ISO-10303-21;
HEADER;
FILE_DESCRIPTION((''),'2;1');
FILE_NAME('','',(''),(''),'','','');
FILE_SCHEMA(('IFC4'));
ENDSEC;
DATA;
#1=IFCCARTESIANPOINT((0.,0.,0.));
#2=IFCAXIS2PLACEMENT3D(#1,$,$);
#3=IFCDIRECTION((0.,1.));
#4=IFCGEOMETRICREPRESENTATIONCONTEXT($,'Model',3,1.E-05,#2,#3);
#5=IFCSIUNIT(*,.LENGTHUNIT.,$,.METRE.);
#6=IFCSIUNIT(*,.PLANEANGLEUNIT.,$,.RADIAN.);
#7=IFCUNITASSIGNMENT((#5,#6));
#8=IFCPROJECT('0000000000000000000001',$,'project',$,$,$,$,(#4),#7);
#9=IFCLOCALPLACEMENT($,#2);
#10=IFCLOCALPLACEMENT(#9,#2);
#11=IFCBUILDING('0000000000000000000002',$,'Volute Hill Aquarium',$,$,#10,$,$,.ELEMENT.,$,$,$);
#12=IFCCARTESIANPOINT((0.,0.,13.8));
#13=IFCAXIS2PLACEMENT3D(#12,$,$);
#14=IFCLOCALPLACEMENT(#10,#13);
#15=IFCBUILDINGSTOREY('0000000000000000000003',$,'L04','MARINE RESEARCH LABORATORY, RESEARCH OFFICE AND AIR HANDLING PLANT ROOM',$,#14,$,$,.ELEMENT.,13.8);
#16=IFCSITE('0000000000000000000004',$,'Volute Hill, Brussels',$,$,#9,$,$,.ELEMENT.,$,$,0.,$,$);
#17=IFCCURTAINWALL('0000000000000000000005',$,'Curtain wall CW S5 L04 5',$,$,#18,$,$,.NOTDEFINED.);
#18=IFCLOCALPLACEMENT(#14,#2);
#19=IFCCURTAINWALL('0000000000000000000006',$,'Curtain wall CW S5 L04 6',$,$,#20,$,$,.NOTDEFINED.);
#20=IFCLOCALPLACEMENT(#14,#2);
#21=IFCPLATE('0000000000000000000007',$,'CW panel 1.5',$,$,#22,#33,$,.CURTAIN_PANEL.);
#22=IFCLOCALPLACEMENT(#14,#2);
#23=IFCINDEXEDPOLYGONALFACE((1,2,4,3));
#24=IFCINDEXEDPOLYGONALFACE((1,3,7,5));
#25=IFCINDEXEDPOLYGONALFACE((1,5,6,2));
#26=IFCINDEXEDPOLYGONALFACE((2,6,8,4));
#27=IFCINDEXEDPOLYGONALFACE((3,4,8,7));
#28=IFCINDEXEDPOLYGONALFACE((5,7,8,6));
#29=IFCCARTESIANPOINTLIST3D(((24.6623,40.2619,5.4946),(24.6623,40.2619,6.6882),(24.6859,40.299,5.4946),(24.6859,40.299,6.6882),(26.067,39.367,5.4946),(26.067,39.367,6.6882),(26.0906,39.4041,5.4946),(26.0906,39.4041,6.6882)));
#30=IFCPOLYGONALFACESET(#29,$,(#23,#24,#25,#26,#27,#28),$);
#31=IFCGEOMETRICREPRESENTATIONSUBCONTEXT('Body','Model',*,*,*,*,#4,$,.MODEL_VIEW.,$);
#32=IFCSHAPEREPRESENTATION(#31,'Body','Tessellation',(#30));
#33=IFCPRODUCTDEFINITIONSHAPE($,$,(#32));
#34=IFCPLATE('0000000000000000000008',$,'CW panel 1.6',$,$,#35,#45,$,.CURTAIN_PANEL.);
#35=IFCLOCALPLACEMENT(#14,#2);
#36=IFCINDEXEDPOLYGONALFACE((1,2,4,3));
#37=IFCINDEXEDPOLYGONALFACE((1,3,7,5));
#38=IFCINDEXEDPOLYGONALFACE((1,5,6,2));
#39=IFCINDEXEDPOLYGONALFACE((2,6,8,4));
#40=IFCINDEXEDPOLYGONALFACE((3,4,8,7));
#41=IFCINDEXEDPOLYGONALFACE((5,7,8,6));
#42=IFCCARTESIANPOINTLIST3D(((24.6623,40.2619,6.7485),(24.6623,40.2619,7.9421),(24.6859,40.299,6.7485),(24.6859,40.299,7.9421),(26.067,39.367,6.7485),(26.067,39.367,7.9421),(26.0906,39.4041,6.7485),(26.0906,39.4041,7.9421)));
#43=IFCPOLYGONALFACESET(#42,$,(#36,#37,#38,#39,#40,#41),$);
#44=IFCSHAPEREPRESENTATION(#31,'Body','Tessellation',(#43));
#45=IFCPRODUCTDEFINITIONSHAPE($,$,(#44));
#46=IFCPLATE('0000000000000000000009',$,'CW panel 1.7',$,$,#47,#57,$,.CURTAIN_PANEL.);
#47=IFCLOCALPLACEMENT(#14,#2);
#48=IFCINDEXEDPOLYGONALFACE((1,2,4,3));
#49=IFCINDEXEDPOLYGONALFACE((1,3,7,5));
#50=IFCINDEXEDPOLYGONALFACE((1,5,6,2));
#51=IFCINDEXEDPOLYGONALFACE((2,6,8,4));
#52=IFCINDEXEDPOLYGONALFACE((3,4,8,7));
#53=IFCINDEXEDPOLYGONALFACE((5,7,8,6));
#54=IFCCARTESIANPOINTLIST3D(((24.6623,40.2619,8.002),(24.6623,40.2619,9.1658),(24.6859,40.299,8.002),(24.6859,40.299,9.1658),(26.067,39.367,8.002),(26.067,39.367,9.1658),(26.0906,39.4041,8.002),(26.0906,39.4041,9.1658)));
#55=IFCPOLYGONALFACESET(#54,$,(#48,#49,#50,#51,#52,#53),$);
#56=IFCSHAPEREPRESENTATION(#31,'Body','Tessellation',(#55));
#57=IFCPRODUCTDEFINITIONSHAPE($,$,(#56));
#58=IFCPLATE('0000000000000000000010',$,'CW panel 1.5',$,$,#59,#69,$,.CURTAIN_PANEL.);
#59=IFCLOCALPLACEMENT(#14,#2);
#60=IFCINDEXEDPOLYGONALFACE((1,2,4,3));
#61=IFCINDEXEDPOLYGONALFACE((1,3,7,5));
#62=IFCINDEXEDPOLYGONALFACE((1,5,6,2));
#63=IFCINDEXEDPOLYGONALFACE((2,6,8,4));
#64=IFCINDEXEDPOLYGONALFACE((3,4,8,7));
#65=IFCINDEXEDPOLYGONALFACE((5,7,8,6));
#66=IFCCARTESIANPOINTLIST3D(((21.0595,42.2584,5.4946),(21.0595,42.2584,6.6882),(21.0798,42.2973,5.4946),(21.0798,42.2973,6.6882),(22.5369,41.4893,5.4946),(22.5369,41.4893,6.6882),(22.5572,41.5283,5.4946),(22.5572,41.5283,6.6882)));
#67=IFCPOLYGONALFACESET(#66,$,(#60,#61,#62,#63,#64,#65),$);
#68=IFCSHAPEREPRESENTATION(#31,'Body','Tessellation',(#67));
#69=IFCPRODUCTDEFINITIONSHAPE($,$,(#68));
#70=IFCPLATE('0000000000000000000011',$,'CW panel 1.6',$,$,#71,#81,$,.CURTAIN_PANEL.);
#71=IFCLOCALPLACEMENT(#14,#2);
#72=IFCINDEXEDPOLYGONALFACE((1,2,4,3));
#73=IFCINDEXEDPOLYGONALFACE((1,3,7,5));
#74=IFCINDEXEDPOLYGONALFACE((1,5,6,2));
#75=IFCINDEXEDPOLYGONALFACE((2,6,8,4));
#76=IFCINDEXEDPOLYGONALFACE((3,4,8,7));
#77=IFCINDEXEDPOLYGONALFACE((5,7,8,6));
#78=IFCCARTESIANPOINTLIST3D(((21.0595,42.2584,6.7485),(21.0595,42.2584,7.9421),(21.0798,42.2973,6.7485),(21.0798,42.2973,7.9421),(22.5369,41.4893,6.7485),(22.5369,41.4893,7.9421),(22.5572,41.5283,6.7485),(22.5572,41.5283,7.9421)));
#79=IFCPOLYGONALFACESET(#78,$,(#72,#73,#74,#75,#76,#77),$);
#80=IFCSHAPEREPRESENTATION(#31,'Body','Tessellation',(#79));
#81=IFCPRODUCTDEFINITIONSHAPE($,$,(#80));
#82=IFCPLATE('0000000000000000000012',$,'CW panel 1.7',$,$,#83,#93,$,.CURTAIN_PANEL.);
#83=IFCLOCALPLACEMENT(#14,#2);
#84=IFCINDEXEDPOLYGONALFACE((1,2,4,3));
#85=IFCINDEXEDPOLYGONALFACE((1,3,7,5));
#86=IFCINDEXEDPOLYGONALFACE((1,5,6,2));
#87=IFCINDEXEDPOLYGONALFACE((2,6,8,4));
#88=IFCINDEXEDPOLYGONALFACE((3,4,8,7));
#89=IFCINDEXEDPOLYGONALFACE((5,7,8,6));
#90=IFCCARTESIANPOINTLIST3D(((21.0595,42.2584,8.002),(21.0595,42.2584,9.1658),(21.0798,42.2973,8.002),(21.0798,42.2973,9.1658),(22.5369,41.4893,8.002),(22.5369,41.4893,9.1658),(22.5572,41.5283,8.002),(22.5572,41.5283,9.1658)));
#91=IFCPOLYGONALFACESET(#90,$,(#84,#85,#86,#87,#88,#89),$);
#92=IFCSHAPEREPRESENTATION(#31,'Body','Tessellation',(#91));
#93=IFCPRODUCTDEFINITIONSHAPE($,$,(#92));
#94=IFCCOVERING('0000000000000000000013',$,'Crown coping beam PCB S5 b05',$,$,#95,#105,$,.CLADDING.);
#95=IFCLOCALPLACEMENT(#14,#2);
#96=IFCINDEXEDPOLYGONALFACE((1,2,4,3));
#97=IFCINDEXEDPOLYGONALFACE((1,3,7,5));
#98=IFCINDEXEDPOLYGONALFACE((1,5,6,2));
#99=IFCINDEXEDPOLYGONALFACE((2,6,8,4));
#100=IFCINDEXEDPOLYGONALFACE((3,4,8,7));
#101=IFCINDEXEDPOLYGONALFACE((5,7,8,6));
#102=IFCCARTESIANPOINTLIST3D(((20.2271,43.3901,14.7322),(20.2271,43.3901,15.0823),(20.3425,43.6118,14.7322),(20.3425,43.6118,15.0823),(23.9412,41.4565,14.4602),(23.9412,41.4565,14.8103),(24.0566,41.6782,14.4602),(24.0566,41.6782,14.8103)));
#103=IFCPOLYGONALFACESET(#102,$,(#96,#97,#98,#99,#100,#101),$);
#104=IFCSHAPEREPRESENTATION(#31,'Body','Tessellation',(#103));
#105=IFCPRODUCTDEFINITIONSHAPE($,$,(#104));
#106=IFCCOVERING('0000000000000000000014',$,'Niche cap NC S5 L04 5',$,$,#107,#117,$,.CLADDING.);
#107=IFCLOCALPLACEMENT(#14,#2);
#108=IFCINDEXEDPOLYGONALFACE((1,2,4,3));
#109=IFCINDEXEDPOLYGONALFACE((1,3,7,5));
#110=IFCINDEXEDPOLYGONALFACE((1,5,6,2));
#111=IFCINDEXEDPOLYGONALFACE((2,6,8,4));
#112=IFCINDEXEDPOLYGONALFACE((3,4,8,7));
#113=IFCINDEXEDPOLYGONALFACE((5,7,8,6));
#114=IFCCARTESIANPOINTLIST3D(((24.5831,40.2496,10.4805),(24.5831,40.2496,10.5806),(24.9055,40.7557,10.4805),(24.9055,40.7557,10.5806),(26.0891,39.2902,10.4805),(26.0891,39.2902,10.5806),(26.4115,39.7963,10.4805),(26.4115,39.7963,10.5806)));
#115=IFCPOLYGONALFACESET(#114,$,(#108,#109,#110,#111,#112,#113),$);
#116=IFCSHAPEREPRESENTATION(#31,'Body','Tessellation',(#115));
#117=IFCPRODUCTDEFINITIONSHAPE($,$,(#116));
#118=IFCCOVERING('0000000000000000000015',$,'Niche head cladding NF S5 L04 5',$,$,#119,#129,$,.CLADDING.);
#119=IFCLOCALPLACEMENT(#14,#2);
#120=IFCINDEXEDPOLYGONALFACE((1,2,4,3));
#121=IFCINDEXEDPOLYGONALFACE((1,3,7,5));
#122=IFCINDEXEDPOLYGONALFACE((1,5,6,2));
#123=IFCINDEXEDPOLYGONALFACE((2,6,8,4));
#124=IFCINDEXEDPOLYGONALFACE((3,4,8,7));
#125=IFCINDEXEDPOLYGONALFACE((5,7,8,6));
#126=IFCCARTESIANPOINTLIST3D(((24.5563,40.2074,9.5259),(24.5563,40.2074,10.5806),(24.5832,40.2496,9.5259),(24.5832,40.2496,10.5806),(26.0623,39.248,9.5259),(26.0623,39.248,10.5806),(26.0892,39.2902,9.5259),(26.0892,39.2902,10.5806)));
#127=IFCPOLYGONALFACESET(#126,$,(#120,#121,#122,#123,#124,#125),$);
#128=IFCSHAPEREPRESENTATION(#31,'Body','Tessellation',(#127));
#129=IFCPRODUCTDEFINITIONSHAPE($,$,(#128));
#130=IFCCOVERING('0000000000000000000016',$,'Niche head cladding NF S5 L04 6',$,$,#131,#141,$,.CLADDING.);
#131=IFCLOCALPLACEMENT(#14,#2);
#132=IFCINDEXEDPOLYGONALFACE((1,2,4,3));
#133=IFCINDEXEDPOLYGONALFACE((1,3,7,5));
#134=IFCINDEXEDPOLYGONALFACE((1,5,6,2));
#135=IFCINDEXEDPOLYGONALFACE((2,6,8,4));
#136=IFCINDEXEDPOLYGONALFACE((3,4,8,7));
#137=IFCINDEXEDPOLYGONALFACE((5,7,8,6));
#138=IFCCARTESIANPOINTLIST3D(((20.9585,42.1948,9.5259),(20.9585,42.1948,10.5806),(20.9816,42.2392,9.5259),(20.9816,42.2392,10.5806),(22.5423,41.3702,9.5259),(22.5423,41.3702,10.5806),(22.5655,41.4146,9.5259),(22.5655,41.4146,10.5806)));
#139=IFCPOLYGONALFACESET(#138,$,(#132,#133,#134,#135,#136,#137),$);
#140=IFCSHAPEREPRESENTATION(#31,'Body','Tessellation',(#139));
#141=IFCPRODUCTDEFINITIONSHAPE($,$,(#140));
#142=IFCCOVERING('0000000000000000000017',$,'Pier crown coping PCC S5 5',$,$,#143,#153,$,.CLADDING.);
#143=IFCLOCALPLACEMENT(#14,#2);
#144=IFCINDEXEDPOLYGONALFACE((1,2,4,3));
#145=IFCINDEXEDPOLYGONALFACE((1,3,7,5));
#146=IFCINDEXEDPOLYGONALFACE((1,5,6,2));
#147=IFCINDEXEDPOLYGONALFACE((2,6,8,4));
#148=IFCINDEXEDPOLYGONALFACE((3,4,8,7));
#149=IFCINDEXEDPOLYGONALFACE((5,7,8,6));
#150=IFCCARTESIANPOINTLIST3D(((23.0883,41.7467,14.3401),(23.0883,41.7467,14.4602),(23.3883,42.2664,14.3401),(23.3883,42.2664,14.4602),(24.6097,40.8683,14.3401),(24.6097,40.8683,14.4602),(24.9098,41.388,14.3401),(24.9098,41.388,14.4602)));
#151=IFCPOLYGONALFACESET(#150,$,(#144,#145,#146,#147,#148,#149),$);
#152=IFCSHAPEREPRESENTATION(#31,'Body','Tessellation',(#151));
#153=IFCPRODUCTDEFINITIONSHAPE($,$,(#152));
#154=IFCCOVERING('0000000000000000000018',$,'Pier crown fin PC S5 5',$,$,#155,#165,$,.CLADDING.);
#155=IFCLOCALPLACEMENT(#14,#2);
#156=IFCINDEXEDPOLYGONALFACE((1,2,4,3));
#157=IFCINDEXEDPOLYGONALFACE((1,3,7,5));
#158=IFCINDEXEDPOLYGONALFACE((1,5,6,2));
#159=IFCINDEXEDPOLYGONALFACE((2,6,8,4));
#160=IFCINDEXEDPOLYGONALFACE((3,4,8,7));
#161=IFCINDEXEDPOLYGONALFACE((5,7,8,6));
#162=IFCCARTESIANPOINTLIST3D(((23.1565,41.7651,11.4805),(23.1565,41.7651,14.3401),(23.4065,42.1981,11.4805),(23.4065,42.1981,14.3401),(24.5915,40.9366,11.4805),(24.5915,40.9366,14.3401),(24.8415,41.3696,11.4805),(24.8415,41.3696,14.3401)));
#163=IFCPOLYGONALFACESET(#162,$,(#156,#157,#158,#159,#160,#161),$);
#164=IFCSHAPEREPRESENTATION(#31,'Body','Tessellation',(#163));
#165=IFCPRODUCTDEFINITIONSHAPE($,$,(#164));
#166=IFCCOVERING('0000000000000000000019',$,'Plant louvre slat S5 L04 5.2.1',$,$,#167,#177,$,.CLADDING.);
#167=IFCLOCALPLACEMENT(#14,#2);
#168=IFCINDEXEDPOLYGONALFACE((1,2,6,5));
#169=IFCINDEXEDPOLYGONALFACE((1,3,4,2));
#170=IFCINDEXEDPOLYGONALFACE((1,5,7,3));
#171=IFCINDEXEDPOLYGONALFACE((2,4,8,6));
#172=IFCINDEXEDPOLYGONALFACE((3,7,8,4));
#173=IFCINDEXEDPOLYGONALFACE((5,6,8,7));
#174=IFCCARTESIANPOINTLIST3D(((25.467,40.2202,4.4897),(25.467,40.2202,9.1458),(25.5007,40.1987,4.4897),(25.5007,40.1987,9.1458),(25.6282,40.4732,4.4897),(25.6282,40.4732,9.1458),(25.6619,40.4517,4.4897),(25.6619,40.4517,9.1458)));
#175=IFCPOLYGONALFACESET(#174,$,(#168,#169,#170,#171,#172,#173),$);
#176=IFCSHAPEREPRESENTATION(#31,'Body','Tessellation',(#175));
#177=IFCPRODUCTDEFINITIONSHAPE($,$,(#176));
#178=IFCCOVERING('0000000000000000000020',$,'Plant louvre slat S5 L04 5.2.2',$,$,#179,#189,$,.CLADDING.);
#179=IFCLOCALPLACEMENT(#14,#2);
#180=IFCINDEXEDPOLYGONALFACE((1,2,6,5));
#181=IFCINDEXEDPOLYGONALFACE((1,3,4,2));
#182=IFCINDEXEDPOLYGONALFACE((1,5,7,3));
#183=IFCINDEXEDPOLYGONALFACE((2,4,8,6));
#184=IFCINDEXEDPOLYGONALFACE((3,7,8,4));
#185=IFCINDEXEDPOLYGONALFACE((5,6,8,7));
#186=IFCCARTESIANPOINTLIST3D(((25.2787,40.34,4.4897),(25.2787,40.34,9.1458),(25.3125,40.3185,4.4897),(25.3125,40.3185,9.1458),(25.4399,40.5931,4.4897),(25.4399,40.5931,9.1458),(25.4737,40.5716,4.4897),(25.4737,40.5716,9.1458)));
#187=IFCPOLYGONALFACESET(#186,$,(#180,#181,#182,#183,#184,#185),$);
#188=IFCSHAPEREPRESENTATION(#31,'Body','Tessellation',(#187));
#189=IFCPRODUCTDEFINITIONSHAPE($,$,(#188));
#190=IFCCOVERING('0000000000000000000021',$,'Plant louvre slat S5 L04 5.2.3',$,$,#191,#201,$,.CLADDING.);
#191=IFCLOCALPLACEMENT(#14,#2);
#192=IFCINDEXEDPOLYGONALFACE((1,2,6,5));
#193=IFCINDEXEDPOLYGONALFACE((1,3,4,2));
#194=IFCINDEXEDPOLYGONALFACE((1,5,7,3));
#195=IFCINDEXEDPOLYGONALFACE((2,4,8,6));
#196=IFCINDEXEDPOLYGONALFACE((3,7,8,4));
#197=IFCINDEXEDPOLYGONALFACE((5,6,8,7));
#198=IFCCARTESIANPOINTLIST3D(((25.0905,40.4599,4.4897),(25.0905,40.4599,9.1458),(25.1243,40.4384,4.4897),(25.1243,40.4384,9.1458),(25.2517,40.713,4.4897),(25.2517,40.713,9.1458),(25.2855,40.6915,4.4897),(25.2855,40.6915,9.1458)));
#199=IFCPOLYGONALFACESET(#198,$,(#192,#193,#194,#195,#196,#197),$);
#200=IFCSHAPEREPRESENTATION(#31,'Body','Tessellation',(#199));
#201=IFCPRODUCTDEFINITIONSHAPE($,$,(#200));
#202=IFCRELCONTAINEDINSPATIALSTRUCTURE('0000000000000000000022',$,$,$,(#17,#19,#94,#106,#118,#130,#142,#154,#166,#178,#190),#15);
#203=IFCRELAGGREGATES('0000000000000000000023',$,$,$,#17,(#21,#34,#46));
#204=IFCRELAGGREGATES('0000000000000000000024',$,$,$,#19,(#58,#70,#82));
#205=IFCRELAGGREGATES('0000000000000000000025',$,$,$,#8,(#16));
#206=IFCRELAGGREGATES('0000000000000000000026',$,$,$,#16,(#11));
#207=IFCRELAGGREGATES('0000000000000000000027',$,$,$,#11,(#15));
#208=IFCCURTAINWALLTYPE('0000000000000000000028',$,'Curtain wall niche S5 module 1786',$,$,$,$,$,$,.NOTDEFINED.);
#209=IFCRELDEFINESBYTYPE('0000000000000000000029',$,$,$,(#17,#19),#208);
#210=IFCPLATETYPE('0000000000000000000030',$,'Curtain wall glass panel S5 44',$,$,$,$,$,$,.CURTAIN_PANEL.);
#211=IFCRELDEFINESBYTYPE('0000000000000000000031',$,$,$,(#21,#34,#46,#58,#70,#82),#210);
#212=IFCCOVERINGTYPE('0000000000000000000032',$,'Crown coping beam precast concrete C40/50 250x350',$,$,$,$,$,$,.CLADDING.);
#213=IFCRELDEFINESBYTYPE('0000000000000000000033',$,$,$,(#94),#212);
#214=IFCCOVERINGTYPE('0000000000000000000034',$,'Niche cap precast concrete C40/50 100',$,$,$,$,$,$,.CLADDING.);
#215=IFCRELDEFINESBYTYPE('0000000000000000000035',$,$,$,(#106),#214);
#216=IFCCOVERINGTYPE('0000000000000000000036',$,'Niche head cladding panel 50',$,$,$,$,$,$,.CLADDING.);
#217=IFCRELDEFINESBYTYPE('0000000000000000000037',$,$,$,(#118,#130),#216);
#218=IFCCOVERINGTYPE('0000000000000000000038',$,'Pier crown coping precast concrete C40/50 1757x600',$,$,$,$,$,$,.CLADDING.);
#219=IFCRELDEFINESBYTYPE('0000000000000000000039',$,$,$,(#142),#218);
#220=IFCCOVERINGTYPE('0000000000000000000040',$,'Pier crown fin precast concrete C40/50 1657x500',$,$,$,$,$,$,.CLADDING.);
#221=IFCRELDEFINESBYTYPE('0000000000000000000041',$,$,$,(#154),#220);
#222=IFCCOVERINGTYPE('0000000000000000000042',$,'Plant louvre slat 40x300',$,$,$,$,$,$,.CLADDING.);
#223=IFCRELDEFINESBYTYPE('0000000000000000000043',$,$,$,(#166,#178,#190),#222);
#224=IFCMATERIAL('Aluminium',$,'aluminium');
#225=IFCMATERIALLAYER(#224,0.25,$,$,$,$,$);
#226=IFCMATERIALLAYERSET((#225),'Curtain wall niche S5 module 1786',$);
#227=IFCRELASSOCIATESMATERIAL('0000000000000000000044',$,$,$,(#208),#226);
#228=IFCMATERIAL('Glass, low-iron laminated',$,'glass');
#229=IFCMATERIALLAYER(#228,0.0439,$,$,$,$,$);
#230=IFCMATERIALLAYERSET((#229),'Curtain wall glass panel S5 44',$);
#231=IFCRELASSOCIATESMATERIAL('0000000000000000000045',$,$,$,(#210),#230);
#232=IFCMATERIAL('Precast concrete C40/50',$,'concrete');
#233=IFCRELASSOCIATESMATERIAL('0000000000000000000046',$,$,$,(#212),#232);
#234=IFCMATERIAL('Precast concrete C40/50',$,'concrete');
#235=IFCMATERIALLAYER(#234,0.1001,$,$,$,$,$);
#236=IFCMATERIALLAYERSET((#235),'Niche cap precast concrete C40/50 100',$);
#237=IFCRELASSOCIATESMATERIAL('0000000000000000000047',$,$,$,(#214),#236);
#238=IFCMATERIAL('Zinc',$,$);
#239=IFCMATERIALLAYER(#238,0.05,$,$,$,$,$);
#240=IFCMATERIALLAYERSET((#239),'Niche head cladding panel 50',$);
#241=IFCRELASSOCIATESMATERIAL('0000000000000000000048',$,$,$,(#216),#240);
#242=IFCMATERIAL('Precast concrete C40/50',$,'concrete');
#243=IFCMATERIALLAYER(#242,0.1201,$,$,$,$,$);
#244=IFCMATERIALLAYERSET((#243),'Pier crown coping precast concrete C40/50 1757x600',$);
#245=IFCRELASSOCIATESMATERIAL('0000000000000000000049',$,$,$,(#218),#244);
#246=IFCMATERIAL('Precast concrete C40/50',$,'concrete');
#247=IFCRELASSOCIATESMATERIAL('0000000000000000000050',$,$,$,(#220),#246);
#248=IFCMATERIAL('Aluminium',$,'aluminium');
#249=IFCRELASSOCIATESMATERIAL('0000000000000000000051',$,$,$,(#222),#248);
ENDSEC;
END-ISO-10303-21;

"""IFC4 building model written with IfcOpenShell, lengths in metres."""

from ifc_helpers import new_model, si_unit, direction, frame, origin, origin_2d, place, context, subcontext, project, spatial, polyline, rectangle, outline, extrude, material, layer, layer_set, type_object, element, aggregate, save


model = new_model("IFC4")

# Units and contexts
model_context = context("Model", 3, precision=1e-05, world=origin(), true_north=direction((0.0, 1.0)))
body_context = subcontext(model_context, "Body", "Model", "MODEL_VIEW")
ifc_project = project(units=[si_unit("LENGTHUNIT", "METRE"), si_unit("PLANEANGLEUNIT", "RADIAN")], contexts=[model_context])

# Site, building, storey
site_placement = place(None, origin())
site = spatial("IfcSite", under=ifc_project, at=site_placement, Name="Volute Hill, Brussels", CompositionType="ELEMENT", RefElevation=0.0)
building_placement = place(site_placement, origin())
building = spatial("IfcBuilding", under=site, at=building_placement, Name="Volute Hill Aquarium", CompositionType="ELEMENT")
storey_placement = place(building_placement, frame((0.0, 0.0, 13.8)))
storey = spatial("IfcBuildingStorey", under=building, at=storey_placement, Name="L04", Description="MARINE RESEARCH LABORATORY, RESEARCH OFFICE AND AIR HANDLING PLANT ROOM", CompositionType="ELEMENT", Elevation=13.8)

# Curtain wall
ifc_material_1 = material(Name="Aluminium", Category="aluminium")
ifc_layer_1 = layer(ifc_material_1, 0.25)
ifc_layer_set_1 = layer_set([ifc_layer_1], Name="Curtain wall niche S5 module 1786")
curtain_wall_type = type_object("IfcCurtainWallType", Name="Curtain wall niche S5 module 1786", PredefinedType="NOTDEFINED", material=ifc_layer_set_1)
curtain_wall_1_placement = place(storey_placement, origin())
curtain_wall_1 = element("IfcCurtainWall", 1, at=curtain_wall_1_placement, inside=storey, type_object=curtain_wall_type, Name="Curtain wall CW S5 L04 5", PredefinedType="NOTDEFINED")

# Curtain wall
curtain_wall_2_placement = place(storey_placement, origin())
curtain_wall_2 = element("IfcCurtainWall", 2, at=curtain_wall_2_placement, inside=storey, type_object=curtain_wall_type, Name="Curtain wall CW S5 L04 6", PredefinedType="NOTDEFINED")

# Plates
ifc_material_2 = material(Name="Glass, low-iron laminated", Category="glass")
ifc_layer_2 = layer(ifc_material_2, 0.0439)
ifc_layer_set_2 = layer_set([ifc_layer_2], Name="Curtain wall glass panel S5 44")
plate_type = type_object("IfcPlateType", Name="Curtain wall glass panel S5 44", PredefinedType="CURTAIN_PANEL", material=ifc_layer_set_2)
plate_1_placement = place(storey_placement, frame((25.3765, 39.833, 5.4946), z_axis=(0.0, 0.0, 1.0), x_axis=(-0.843385, 0.53731, 0.0)))
plate_1 = element("IfcPlate", 3, at=plate_1_placement, type_object=plate_type, Name="CW panel 1.5", PredefinedType="CURTAIN_PANEL", context=body_context, shape_type="SweptSolid", body=[
    extrude(rectangle(XDim=1.6655, YDim=0.0439, at=origin_2d()), origin(), (0.0, 0.0, 1.0), 1.1936),
])
plate_2_placement = place(storey_placement, frame((25.3765, 39.833, 6.7485), z_axis=(0.0, 0.0, 1.0), x_axis=(-0.843385, 0.53731, 0.0)))
plate_2 = element("IfcPlate", 4, at=plate_2_placement, type_object=plate_type, Name="CW panel 1.6", PredefinedType="CURTAIN_PANEL", context=body_context, shape_type="SweptSolid", body=[
    extrude(rectangle(XDim=1.6655, YDim=0.0439, at=origin_2d()), origin(), (0.0, 0.0, 1.0), 1.1936),
])
plate_3_placement = place(storey_placement, frame((25.3765, 39.833, 8.002), z_axis=(0.0, 0.0, 1.0), x_axis=(-0.843385, 0.53731, 0.0)))
plate_3 = element("IfcPlate", 5, at=plate_3_placement, type_object=plate_type, Name="CW panel 1.7", PredefinedType="CURTAIN_PANEL", context=body_context, shape_type="SweptSolid", body=[
    extrude(rectangle(XDim=1.6655, YDim=0.0439, at=origin_2d()), origin(), (0.0, 0.0, 1.0), 1.1638),
])
aggregate(curtain_wall_1, [plate_1, plate_2, plate_3])
plate_4_placement = place(storey_placement, frame((21.8083, 41.8933, 5.4946), z_axis=(0.0, 0.0, 1.0), x_axis=(-0.887007, 0.461755, 0.0)))
plate_4 = element("IfcPlate", 6, at=plate_4_placement, type_object=plate_type, Name="CW panel 1.5", PredefinedType="CURTAIN_PANEL", context=body_context, shape_type="SweptSolid", body=[
    extrude(rectangle(XDim=1.6655, YDim=0.0439, at=origin_2d()), origin(), (0.0, 0.0, 1.0), 1.1936),
])
plate_5_placement = place(storey_placement, frame((21.8083, 41.8933, 6.7485), z_axis=(0.0, 0.0, 1.0), x_axis=(-0.887007, 0.461755, 0.0)))
plate_5 = element("IfcPlate", 7, at=plate_5_placement, type_object=plate_type, Name="CW panel 1.6", PredefinedType="CURTAIN_PANEL", context=body_context, shape_type="SweptSolid", body=[
    extrude(rectangle(XDim=1.6655, YDim=0.0439, at=origin_2d()), origin(), (0.0, 0.0, 1.0), 1.1936),
])
plate_6_placement = place(storey_placement, frame((21.8083, 41.8933, 8.002), z_axis=(0.0, 0.0, 1.0), x_axis=(-0.887007, 0.461755, 0.0)))
plate_6 = element("IfcPlate", 8, at=plate_6_placement, type_object=plate_type, Name="CW panel 1.7", PredefinedType="CURTAIN_PANEL", context=body_context, shape_type="SweptSolid", body=[
    extrude(rectangle(XDim=1.6655, YDim=0.0439, at=origin_2d()), origin(), (0.0, 0.0, 1.0), 1.1638),
])
aggregate(curtain_wall_2, [plate_4, plate_5, plate_6])

# Coverings
ifc_material_3 = material(Name="Precast concrete C40/50", Category="concrete")
covering_type_1 = type_object("IfcCoveringType", Name="Crown coping beam precast concrete C40/50 250x350", PredefinedType="CLADDING", material=ifc_material_3)
covering_1_placement = place(storey_placement, frame((24.0566, 41.6782, 14.4602), z_axis=(0.461777, 0.886996, 0.0), x_axis=(-0.885131, 0.460806, 0.064815)))
element("IfcCovering", 9, at=covering_1_placement, inside=storey, type_object=covering_type_1, Name="Crown coping beam PCB S5 b05", PredefinedType="CLADDING", context=body_context, shape_type="SweptSolid", body=[
    extrude(outline(polyline([(0.0, 0.0), (4.1961, 0.0), (4.2188, 0.3494), (0.0227, 0.3494), (0.0, 0.0)])), origin(), (0.0, 0.0, -1.0), 0.25),
])
ifc_material_4 = material(Name="Precast concrete C40/50", Category="concrete")
ifc_layer_3 = layer(ifc_material_4, 0.1001)
ifc_layer_set_3 = layer_set([ifc_layer_3], Name="Niche cap precast concrete C40/50 100")
covering_type_2 = type_object("IfcCoveringType", Name="Niche cap precast concrete C40/50 100", PredefinedType="CLADDING", material=ifc_layer_set_3)
covering_2_placement = place(storey_placement, frame((25.4973, 40.0229, 10.4805), z_axis=(0.0, 0.0, 1.0), x_axis=(-0.843386, 0.537309, 0.0)))
element("IfcCovering", 10, at=covering_2_placement, inside=storey, type_object=covering_type_2, Name="Niche cap NC S5 L04 5", PredefinedType="CLADDING", context=body_context, shape_type="SweptSolid", body=[
    extrude(rectangle(XDim=1.7856, YDim=0.6001, at=origin_2d()), origin(), (0.0, 0.0, 1.0), 0.1001),
])
ifc_material_5 = material(Name="Zinc")
ifc_layer_4 = layer(ifc_material_5, 0.05)
ifc_layer_set_4 = layer_set([ifc_layer_4], Name="Niche head cladding panel 50")
covering_type_3 = type_object("IfcCoveringType", Name="Niche head cladding panel 50", PredefinedType="CLADDING", material=ifc_layer_set_4)
for number, where, z_axis, x_axis, name in (
    (11, (25.3228, 39.7488, 9.5259), (0.0, 0.0, 1.0), (-0.843386, 0.537309, 0.0), "Niche head cladding NF S5 L04 5"),
    (12, (21.762, 41.8047, 9.5259), (0.0, 0.0, 1.0), (-0.887007, 0.461757, 0.0), "Niche head cladding NF S5 L04 6"),
):
    element("IfcCovering", number, at=place(storey_placement, frame(where, z_axis=z_axis, x_axis=x_axis)), inside=storey, type_object=covering_type_3, Name=name, PredefinedType="CLADDING", context=body_context, shape_type="SweptSolid", body=[
        extrude(rectangle(XDim=1.7856, YDim=0.05, at=origin_2d()), origin(), (0.0, 0.0, 1.0), 1.0547),
    ])
ifc_material_6 = material(Name="Precast concrete C40/50", Category="concrete")
ifc_layer_5 = layer(ifc_material_6, 0.1201)
ifc_layer_set_5 = layer_set([ifc_layer_5], Name="Pier crown coping precast concrete C40/50 1757x600")
covering_type_4 = type_object("IfcCoveringType", Name="Pier crown coping precast concrete C40/50 1757x600", PredefinedType="CLADDING", material=ifc_layer_set_5)
covering_3_placement = place(storey_placement, frame((23.999, 41.5674, 14.3401), z_axis=(0.0, 0.0, 1.0), x_axis=(-0.866025, 0.5, 0.0)))
element("IfcCovering", 13, at=covering_3_placement, inside=storey, type_object=covering_type_4, Name="Pier crown coping PCC S5 5", PredefinedType="CLADDING", context=body_context, shape_type="SweptSolid", body=[
    extrude(rectangle(XDim=1.7568, YDim=0.6001, at=origin_2d()), origin(), (0.0, 0.0, 1.0), 0.1201),
])
ifc_material_7 = material(Name="Precast concrete C40/50", Category="concrete")
covering_type_5 = type_object("IfcCoveringType", Name="Pier crown fin precast concrete C40/50 1657x500", PredefinedType="CLADDING", material=ifc_material_7)
covering_4_placement = place(storey_placement, frame((23.999, 41.5674, 11.4805), z_axis=(0.0, 0.0, 1.0), x_axis=(-0.866025, 0.5, 0.0)))
element("IfcCovering", 14, at=covering_4_placement, inside=storey, type_object=covering_type_5, Name="Pier crown fin PC S5 5", PredefinedType="CLADDING", context=body_context, shape_type="SweptSolid", body=[
    extrude(rectangle(XDim=1.657, YDim=0.5, at=origin_2d()), origin(), (0.0, 0.0, 1.0), 2.8596),
])
ifc_material_8 = material(Name="Aluminium", Category="aluminium")
covering_type_6 = type_object("IfcCoveringType", Name="Plant louvre slat 40x300", PredefinedType="CLADDING", material=ifc_material_8)
for number, where, z_axis, x_axis, name in (
    (15, (25.5645, 40.3359, 4.4897), (0.0, 0.0, 1.0), (-0.843386, 0.537309, 0.0), "Plant louvre slat S5 L04 5.2.1"),
    (16, (25.3762, 40.4558, 4.4897), (0.0, 0.0, 1.0), (-0.843386, 0.537309, 0.0), "Plant louvre slat S5 L04 5.2.2"),
    (17, (25.188, 40.5757, 4.4897), (0.0, 0.0, 1.0), (-0.843386, 0.537309, 0.0), "Plant louvre slat S5 L04 5.2.3"),
):
    element("IfcCovering", number, at=place(storey_placement, frame(where, z_axis=z_axis, x_axis=x_axis)), inside=storey, type_object=covering_type_6, Name=name, PredefinedType="CLADDING", context=body_context, shape_type="SweptSolid", body=[
        extrude(rectangle(XDim=0.04, YDim=0.3, at=origin_2d()), origin(), (0.0, 0.0, 1.0), 4.656),
    ])

save(model, "model.ifc")
